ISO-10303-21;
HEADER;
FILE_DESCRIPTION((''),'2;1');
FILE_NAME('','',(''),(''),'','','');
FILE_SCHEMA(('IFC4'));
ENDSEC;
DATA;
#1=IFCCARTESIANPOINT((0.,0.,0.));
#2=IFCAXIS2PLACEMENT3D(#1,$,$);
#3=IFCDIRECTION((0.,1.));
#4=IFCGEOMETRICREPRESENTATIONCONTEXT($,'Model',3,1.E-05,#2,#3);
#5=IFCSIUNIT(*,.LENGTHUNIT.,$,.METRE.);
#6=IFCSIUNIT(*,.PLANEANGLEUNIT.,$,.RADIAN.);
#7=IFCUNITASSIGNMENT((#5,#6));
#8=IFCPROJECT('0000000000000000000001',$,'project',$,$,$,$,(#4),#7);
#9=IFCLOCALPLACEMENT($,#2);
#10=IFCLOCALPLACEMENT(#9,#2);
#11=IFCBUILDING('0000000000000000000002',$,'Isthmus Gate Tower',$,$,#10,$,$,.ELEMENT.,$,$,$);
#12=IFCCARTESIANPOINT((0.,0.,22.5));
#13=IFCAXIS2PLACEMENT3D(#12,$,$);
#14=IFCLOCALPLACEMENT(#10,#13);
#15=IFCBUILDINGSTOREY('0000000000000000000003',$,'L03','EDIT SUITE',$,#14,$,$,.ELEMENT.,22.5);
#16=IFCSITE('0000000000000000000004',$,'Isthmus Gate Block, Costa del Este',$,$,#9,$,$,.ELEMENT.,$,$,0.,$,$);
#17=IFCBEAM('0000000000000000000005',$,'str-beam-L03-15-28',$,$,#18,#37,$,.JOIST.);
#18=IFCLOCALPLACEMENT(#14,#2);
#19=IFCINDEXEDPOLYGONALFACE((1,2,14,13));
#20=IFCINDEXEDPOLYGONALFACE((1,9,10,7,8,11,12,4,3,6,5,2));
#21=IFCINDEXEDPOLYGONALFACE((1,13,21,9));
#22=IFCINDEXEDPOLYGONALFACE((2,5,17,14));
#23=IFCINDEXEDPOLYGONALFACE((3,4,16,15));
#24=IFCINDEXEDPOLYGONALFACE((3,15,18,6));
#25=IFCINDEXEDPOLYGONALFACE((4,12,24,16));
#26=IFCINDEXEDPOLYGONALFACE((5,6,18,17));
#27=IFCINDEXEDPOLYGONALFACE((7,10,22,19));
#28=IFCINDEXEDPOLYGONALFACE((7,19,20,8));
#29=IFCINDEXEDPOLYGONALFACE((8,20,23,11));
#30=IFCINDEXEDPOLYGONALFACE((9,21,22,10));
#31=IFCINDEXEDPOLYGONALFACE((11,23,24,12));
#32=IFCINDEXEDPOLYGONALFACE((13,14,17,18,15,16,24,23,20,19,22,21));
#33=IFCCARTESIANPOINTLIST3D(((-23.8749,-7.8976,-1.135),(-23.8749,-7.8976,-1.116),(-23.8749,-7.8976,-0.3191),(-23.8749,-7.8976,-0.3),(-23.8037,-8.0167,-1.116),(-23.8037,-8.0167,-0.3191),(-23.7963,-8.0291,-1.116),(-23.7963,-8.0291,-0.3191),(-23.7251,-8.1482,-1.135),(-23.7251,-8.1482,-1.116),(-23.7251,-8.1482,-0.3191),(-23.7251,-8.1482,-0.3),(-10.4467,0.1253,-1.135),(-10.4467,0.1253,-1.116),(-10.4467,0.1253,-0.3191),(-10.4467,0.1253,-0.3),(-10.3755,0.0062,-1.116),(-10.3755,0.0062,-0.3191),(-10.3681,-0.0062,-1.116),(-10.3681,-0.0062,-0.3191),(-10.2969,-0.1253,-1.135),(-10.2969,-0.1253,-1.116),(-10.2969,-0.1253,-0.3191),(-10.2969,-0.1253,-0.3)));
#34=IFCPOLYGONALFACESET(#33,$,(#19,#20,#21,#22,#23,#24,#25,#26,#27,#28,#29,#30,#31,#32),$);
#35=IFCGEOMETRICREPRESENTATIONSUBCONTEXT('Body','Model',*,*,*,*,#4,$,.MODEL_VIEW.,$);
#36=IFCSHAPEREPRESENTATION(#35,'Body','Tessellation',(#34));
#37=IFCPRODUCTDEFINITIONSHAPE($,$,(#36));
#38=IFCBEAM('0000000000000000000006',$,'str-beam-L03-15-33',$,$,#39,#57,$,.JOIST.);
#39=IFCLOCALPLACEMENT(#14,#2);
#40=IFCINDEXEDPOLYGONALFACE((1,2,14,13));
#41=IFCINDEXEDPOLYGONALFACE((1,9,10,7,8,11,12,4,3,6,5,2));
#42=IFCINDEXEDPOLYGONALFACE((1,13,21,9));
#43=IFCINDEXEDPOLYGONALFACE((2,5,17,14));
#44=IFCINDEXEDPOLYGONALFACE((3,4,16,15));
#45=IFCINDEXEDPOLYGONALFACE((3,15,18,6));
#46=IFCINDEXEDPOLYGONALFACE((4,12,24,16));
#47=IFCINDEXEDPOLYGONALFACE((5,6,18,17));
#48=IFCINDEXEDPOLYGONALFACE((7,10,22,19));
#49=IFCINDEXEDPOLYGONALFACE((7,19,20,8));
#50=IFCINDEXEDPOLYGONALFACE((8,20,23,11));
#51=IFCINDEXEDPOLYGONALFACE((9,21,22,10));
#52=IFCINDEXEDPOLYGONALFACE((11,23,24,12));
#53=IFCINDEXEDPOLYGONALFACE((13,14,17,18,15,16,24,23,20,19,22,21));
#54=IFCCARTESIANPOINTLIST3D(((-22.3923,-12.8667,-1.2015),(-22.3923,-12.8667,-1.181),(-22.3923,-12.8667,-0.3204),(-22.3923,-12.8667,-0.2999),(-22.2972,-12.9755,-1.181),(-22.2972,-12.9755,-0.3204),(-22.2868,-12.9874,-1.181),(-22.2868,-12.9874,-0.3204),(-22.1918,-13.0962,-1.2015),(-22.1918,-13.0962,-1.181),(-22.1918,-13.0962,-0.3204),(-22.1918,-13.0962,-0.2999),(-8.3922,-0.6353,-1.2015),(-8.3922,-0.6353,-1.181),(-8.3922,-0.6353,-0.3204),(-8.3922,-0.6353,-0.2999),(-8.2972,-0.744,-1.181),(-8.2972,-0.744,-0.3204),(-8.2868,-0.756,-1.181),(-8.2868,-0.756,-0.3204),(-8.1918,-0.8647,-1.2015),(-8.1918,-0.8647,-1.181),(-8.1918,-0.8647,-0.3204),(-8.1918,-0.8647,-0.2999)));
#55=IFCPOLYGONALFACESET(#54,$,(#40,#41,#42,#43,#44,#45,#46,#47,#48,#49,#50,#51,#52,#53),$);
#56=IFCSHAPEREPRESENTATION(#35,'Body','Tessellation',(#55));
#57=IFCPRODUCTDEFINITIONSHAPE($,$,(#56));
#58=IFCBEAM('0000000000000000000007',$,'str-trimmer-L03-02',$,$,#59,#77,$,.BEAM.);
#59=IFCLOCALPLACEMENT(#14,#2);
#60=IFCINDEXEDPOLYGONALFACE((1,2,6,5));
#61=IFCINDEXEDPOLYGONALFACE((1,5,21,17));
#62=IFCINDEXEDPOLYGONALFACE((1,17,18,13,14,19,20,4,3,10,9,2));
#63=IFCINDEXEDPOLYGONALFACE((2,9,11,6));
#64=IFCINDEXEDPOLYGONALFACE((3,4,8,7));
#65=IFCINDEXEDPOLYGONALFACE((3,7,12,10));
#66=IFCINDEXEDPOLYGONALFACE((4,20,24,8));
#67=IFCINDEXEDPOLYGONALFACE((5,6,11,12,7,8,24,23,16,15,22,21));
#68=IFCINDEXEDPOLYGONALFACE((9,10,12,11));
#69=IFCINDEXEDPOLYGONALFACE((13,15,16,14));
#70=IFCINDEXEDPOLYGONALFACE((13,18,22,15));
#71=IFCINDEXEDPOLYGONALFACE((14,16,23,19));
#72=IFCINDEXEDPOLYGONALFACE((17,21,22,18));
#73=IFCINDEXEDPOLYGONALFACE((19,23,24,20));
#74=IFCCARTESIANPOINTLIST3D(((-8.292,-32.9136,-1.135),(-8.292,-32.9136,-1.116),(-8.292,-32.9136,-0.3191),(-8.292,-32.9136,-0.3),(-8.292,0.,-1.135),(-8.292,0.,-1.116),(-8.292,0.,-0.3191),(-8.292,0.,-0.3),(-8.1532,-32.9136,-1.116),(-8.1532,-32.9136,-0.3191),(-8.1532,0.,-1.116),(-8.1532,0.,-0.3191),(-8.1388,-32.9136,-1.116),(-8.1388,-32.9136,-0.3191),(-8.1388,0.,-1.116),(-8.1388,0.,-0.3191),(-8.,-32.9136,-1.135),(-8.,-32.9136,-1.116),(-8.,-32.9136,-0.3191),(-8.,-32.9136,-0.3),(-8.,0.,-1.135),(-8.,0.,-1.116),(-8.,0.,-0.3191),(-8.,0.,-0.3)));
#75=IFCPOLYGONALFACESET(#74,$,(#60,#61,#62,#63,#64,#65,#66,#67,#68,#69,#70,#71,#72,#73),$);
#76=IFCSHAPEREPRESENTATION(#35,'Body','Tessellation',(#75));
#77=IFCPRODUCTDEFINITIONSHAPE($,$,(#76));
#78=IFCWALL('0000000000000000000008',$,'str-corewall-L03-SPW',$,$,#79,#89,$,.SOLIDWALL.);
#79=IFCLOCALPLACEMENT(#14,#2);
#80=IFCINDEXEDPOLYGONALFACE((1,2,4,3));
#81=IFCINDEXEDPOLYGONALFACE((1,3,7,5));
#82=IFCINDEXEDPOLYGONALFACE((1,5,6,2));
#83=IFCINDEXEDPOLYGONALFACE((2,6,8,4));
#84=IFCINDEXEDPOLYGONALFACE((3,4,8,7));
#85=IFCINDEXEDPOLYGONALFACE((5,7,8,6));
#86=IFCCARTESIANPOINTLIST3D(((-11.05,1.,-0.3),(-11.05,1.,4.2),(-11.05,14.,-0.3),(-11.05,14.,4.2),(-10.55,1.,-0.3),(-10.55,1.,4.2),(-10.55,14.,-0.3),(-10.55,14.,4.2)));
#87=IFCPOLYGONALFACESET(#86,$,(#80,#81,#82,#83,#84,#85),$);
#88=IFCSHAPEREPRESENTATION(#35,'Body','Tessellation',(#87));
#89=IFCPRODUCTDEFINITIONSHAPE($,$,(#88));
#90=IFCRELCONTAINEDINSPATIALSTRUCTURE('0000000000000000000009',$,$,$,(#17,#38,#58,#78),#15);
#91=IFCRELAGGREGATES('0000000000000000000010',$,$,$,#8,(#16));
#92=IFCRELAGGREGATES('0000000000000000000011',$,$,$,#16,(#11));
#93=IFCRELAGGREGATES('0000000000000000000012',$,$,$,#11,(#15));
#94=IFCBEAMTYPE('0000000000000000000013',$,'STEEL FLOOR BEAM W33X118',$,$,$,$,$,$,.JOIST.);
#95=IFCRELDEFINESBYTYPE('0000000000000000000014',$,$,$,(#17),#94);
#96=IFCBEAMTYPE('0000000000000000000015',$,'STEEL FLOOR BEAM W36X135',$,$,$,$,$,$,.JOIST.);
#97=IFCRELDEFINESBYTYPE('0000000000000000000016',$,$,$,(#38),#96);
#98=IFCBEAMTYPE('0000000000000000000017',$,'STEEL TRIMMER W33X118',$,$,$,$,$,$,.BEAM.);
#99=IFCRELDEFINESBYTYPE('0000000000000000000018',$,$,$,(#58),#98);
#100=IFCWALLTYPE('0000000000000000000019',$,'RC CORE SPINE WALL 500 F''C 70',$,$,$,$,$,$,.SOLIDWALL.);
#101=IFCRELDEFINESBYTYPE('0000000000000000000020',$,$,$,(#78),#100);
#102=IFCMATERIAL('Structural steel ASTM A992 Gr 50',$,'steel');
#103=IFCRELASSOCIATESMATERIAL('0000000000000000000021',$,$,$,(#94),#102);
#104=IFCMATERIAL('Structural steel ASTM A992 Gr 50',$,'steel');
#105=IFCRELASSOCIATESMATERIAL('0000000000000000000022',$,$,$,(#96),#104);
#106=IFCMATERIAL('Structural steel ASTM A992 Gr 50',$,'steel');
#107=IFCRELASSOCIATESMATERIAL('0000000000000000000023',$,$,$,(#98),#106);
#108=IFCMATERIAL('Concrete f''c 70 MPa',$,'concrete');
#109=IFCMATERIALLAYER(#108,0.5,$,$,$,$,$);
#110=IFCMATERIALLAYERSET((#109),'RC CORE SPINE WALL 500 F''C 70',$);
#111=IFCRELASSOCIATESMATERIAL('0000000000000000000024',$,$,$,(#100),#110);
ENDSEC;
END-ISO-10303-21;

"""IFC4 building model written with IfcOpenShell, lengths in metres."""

from ifc_helpers import new_model, si_unit, direction, frame, frame_2d, origin, origin_2d, place, context, subcontext, project, spatial, rectangle, i_section, extrude, material, layer, layer_set, material_profile, profile_set, type_object, element, save


model = new_model("IFC4")

# Units and contexts
model_context = context("Model", 3, precision=1e-05, world=origin(), true_north=direction((0.0, 1.0)))
body_context = subcontext(model_context, "Body", "Model", "MODEL_VIEW")
ifc_project = project(units=[si_unit("LENGTHUNIT", "METRE"), si_unit("PLANEANGLEUNIT", "RADIAN")], contexts=[model_context])

# Site, building, storey
site_placement = place(None, origin())
site = spatial("IfcSite", under=ifc_project, at=site_placement, Name="Isthmus Gate Block, Costa del Este", CompositionType="ELEMENT", RefElevation=0.0)
building_placement = place(site_placement, origin())
building = spatial("IfcBuilding", under=site, at=building_placement, Name="Isthmus Gate Tower", CompositionType="ELEMENT")
storey_placement = place(building_placement, frame((0.0, 0.0, 22.5)))
storey = spatial("IfcBuildingStorey", under=building, at=storey_placement, Name="L03", Description="EDIT SUITE", CompositionType="ELEMENT", Elevation=22.5)

# Beams
ifc_material_1 = material(Name="Structural steel ASTM A992 Gr 50", Category="steel")
ifc_material_profile_1 = material_profile(ifc_material_1, i_section(OverallWidth=0.292, OverallDepth=0.835, WebThickness=0.0144, FlangeThickness=0.019, at=origin_2d()), Name="W33X118")
ifc_profile_set_1 = profile_set([ifc_material_profile_1], Name="Structural steel ASTM A992 Gr 50")
beam_type_1 = type_object("IfcBeamType", Name="STEEL FLOOR BEAM W33X118", PredefinedType="JOIST", material=ifc_profile_set_1)
beam_1_placement = place(storey_placement, frame((-10.3718, 0.0, -0.7175), z_axis=(-0.85845, -0.512897, 0.0), x_axis=(0.512897, -0.85845, 0.0)))
element("IfcBeam", 1, at=beam_1_placement, inside=storey, type_object=beam_type_1, Name="str-beam-L03-15-28", PredefinedType="JOIST", context=body_context, shape_type="SweptSolid", body=[
    extrude(i_section(OverallWidth=0.292, OverallDepth=0.835, WebThickness=0.0144, FlangeThickness=0.019, at=origin_2d()), origin(), (0.0, 0.0, 1.0), 15.6423),
])
ifc_material_2 = material(Name="Structural steel ASTM A992 Gr 50", Category="steel")
ifc_material_profile_2 = material_profile(ifc_material_2, i_section(OverallWidth=0.3047, OverallDepth=0.9016, WebThickness=0.0159, FlangeThickness=0.0205, at=origin_2d()), Name="W36X135")
ifc_profile_set_2 = profile_set([ifc_material_profile_2], Name="Structural steel ASTM A992 Gr 50")
beam_type_2 = type_object("IfcBeamType", Name="STEEL FLOOR BEAM W36X135", PredefinedType="JOIST", material=ifc_profile_set_2)
beam_2_placement = place(storey_placement, frame((-8.292, -0.75, -0.7507), z_axis=(-0.753071, -0.657939, 0.0), x_axis=(0.657939, -0.753071, 0.0)))
element("IfcBeam", 2, at=beam_2_placement, inside=storey, type_object=beam_type_2, Name="str-beam-L03-15-33", PredefinedType="JOIST", context=body_context, shape_type="SweptSolid", body=[
    extrude(i_section(OverallWidth=0.3047, OverallDepth=0.9016, WebThickness=0.0159, FlangeThickness=0.0205, at=origin_2d()), origin(), (0.0, 0.0, 1.0), 18.5906),
])
ifc_material_3 = material(Name="Structural steel ASTM A992 Gr 50", Category="steel")
ifc_material_profile_3 = material_profile(ifc_material_3, i_section(OverallWidth=0.292, OverallDepth=0.835, WebThickness=0.0144, FlangeThickness=0.019, at=origin_2d()), Name="W33X118")
ifc_profile_set_3 = profile_set([ifc_material_profile_3], Name="Structural steel ASTM A992 Gr 50")
beam_type_3 = type_object("IfcBeamType", Name="STEEL TRIMMER W33X118", PredefinedType="BEAM", material=ifc_profile_set_3)
beam_3_placement = place(storey_placement, frame((-8.146, 0.0, -0.7175), z_axis=(0.0, -1.0, 0.0), x_axis=(1.0, 0.0, 0.0)))
element("IfcBeam", 3, at=beam_3_placement, inside=storey, type_object=beam_type_3, Name="str-trimmer-L03-02", PredefinedType="BEAM", context=body_context, shape_type="SweptSolid", body=[
    extrude(i_section(OverallWidth=0.292, OverallDepth=0.835, WebThickness=0.0144, FlangeThickness=0.019, at=origin_2d()), origin(), (0.0, 0.0, 1.0), 32.9136),
])

# Wall
ifc_material_4 = material(Name="Concrete f'c 70 MPa", Category="concrete")
ifc_layer_1 = layer(ifc_material_4, 0.5)
ifc_layer_set_1 = layer_set([ifc_layer_1], Name="RC CORE SPINE WALL 500 F'C 70")
wall_type_1 = type_object("IfcWallType", Name="RC CORE SPINE WALL 500 F'C 70", PredefinedType="SOLIDWALL", material=ifc_layer_set_1)
wall_1_placement = place(storey_placement, frame((-10.8, 1.0, -0.3), z_axis=(0.0, 0.0, 1.0), x_axis=(0.0, 1.0, 0.0)))
element("IfcWall", 4, at=wall_1_placement, inside=storey, type_object=wall_type_1, Name="str-corewall-L03-SPW", PredefinedType="SOLIDWALL", context=body_context, shape_type="SweptSolid", body=[
    extrude(rectangle(XDim=13.0, YDim=0.5, at=frame_2d((6.5, 0.0))), origin(), (0.0, 0.0, 1.0), 4.5),
])

save(model, "model.ifc")
